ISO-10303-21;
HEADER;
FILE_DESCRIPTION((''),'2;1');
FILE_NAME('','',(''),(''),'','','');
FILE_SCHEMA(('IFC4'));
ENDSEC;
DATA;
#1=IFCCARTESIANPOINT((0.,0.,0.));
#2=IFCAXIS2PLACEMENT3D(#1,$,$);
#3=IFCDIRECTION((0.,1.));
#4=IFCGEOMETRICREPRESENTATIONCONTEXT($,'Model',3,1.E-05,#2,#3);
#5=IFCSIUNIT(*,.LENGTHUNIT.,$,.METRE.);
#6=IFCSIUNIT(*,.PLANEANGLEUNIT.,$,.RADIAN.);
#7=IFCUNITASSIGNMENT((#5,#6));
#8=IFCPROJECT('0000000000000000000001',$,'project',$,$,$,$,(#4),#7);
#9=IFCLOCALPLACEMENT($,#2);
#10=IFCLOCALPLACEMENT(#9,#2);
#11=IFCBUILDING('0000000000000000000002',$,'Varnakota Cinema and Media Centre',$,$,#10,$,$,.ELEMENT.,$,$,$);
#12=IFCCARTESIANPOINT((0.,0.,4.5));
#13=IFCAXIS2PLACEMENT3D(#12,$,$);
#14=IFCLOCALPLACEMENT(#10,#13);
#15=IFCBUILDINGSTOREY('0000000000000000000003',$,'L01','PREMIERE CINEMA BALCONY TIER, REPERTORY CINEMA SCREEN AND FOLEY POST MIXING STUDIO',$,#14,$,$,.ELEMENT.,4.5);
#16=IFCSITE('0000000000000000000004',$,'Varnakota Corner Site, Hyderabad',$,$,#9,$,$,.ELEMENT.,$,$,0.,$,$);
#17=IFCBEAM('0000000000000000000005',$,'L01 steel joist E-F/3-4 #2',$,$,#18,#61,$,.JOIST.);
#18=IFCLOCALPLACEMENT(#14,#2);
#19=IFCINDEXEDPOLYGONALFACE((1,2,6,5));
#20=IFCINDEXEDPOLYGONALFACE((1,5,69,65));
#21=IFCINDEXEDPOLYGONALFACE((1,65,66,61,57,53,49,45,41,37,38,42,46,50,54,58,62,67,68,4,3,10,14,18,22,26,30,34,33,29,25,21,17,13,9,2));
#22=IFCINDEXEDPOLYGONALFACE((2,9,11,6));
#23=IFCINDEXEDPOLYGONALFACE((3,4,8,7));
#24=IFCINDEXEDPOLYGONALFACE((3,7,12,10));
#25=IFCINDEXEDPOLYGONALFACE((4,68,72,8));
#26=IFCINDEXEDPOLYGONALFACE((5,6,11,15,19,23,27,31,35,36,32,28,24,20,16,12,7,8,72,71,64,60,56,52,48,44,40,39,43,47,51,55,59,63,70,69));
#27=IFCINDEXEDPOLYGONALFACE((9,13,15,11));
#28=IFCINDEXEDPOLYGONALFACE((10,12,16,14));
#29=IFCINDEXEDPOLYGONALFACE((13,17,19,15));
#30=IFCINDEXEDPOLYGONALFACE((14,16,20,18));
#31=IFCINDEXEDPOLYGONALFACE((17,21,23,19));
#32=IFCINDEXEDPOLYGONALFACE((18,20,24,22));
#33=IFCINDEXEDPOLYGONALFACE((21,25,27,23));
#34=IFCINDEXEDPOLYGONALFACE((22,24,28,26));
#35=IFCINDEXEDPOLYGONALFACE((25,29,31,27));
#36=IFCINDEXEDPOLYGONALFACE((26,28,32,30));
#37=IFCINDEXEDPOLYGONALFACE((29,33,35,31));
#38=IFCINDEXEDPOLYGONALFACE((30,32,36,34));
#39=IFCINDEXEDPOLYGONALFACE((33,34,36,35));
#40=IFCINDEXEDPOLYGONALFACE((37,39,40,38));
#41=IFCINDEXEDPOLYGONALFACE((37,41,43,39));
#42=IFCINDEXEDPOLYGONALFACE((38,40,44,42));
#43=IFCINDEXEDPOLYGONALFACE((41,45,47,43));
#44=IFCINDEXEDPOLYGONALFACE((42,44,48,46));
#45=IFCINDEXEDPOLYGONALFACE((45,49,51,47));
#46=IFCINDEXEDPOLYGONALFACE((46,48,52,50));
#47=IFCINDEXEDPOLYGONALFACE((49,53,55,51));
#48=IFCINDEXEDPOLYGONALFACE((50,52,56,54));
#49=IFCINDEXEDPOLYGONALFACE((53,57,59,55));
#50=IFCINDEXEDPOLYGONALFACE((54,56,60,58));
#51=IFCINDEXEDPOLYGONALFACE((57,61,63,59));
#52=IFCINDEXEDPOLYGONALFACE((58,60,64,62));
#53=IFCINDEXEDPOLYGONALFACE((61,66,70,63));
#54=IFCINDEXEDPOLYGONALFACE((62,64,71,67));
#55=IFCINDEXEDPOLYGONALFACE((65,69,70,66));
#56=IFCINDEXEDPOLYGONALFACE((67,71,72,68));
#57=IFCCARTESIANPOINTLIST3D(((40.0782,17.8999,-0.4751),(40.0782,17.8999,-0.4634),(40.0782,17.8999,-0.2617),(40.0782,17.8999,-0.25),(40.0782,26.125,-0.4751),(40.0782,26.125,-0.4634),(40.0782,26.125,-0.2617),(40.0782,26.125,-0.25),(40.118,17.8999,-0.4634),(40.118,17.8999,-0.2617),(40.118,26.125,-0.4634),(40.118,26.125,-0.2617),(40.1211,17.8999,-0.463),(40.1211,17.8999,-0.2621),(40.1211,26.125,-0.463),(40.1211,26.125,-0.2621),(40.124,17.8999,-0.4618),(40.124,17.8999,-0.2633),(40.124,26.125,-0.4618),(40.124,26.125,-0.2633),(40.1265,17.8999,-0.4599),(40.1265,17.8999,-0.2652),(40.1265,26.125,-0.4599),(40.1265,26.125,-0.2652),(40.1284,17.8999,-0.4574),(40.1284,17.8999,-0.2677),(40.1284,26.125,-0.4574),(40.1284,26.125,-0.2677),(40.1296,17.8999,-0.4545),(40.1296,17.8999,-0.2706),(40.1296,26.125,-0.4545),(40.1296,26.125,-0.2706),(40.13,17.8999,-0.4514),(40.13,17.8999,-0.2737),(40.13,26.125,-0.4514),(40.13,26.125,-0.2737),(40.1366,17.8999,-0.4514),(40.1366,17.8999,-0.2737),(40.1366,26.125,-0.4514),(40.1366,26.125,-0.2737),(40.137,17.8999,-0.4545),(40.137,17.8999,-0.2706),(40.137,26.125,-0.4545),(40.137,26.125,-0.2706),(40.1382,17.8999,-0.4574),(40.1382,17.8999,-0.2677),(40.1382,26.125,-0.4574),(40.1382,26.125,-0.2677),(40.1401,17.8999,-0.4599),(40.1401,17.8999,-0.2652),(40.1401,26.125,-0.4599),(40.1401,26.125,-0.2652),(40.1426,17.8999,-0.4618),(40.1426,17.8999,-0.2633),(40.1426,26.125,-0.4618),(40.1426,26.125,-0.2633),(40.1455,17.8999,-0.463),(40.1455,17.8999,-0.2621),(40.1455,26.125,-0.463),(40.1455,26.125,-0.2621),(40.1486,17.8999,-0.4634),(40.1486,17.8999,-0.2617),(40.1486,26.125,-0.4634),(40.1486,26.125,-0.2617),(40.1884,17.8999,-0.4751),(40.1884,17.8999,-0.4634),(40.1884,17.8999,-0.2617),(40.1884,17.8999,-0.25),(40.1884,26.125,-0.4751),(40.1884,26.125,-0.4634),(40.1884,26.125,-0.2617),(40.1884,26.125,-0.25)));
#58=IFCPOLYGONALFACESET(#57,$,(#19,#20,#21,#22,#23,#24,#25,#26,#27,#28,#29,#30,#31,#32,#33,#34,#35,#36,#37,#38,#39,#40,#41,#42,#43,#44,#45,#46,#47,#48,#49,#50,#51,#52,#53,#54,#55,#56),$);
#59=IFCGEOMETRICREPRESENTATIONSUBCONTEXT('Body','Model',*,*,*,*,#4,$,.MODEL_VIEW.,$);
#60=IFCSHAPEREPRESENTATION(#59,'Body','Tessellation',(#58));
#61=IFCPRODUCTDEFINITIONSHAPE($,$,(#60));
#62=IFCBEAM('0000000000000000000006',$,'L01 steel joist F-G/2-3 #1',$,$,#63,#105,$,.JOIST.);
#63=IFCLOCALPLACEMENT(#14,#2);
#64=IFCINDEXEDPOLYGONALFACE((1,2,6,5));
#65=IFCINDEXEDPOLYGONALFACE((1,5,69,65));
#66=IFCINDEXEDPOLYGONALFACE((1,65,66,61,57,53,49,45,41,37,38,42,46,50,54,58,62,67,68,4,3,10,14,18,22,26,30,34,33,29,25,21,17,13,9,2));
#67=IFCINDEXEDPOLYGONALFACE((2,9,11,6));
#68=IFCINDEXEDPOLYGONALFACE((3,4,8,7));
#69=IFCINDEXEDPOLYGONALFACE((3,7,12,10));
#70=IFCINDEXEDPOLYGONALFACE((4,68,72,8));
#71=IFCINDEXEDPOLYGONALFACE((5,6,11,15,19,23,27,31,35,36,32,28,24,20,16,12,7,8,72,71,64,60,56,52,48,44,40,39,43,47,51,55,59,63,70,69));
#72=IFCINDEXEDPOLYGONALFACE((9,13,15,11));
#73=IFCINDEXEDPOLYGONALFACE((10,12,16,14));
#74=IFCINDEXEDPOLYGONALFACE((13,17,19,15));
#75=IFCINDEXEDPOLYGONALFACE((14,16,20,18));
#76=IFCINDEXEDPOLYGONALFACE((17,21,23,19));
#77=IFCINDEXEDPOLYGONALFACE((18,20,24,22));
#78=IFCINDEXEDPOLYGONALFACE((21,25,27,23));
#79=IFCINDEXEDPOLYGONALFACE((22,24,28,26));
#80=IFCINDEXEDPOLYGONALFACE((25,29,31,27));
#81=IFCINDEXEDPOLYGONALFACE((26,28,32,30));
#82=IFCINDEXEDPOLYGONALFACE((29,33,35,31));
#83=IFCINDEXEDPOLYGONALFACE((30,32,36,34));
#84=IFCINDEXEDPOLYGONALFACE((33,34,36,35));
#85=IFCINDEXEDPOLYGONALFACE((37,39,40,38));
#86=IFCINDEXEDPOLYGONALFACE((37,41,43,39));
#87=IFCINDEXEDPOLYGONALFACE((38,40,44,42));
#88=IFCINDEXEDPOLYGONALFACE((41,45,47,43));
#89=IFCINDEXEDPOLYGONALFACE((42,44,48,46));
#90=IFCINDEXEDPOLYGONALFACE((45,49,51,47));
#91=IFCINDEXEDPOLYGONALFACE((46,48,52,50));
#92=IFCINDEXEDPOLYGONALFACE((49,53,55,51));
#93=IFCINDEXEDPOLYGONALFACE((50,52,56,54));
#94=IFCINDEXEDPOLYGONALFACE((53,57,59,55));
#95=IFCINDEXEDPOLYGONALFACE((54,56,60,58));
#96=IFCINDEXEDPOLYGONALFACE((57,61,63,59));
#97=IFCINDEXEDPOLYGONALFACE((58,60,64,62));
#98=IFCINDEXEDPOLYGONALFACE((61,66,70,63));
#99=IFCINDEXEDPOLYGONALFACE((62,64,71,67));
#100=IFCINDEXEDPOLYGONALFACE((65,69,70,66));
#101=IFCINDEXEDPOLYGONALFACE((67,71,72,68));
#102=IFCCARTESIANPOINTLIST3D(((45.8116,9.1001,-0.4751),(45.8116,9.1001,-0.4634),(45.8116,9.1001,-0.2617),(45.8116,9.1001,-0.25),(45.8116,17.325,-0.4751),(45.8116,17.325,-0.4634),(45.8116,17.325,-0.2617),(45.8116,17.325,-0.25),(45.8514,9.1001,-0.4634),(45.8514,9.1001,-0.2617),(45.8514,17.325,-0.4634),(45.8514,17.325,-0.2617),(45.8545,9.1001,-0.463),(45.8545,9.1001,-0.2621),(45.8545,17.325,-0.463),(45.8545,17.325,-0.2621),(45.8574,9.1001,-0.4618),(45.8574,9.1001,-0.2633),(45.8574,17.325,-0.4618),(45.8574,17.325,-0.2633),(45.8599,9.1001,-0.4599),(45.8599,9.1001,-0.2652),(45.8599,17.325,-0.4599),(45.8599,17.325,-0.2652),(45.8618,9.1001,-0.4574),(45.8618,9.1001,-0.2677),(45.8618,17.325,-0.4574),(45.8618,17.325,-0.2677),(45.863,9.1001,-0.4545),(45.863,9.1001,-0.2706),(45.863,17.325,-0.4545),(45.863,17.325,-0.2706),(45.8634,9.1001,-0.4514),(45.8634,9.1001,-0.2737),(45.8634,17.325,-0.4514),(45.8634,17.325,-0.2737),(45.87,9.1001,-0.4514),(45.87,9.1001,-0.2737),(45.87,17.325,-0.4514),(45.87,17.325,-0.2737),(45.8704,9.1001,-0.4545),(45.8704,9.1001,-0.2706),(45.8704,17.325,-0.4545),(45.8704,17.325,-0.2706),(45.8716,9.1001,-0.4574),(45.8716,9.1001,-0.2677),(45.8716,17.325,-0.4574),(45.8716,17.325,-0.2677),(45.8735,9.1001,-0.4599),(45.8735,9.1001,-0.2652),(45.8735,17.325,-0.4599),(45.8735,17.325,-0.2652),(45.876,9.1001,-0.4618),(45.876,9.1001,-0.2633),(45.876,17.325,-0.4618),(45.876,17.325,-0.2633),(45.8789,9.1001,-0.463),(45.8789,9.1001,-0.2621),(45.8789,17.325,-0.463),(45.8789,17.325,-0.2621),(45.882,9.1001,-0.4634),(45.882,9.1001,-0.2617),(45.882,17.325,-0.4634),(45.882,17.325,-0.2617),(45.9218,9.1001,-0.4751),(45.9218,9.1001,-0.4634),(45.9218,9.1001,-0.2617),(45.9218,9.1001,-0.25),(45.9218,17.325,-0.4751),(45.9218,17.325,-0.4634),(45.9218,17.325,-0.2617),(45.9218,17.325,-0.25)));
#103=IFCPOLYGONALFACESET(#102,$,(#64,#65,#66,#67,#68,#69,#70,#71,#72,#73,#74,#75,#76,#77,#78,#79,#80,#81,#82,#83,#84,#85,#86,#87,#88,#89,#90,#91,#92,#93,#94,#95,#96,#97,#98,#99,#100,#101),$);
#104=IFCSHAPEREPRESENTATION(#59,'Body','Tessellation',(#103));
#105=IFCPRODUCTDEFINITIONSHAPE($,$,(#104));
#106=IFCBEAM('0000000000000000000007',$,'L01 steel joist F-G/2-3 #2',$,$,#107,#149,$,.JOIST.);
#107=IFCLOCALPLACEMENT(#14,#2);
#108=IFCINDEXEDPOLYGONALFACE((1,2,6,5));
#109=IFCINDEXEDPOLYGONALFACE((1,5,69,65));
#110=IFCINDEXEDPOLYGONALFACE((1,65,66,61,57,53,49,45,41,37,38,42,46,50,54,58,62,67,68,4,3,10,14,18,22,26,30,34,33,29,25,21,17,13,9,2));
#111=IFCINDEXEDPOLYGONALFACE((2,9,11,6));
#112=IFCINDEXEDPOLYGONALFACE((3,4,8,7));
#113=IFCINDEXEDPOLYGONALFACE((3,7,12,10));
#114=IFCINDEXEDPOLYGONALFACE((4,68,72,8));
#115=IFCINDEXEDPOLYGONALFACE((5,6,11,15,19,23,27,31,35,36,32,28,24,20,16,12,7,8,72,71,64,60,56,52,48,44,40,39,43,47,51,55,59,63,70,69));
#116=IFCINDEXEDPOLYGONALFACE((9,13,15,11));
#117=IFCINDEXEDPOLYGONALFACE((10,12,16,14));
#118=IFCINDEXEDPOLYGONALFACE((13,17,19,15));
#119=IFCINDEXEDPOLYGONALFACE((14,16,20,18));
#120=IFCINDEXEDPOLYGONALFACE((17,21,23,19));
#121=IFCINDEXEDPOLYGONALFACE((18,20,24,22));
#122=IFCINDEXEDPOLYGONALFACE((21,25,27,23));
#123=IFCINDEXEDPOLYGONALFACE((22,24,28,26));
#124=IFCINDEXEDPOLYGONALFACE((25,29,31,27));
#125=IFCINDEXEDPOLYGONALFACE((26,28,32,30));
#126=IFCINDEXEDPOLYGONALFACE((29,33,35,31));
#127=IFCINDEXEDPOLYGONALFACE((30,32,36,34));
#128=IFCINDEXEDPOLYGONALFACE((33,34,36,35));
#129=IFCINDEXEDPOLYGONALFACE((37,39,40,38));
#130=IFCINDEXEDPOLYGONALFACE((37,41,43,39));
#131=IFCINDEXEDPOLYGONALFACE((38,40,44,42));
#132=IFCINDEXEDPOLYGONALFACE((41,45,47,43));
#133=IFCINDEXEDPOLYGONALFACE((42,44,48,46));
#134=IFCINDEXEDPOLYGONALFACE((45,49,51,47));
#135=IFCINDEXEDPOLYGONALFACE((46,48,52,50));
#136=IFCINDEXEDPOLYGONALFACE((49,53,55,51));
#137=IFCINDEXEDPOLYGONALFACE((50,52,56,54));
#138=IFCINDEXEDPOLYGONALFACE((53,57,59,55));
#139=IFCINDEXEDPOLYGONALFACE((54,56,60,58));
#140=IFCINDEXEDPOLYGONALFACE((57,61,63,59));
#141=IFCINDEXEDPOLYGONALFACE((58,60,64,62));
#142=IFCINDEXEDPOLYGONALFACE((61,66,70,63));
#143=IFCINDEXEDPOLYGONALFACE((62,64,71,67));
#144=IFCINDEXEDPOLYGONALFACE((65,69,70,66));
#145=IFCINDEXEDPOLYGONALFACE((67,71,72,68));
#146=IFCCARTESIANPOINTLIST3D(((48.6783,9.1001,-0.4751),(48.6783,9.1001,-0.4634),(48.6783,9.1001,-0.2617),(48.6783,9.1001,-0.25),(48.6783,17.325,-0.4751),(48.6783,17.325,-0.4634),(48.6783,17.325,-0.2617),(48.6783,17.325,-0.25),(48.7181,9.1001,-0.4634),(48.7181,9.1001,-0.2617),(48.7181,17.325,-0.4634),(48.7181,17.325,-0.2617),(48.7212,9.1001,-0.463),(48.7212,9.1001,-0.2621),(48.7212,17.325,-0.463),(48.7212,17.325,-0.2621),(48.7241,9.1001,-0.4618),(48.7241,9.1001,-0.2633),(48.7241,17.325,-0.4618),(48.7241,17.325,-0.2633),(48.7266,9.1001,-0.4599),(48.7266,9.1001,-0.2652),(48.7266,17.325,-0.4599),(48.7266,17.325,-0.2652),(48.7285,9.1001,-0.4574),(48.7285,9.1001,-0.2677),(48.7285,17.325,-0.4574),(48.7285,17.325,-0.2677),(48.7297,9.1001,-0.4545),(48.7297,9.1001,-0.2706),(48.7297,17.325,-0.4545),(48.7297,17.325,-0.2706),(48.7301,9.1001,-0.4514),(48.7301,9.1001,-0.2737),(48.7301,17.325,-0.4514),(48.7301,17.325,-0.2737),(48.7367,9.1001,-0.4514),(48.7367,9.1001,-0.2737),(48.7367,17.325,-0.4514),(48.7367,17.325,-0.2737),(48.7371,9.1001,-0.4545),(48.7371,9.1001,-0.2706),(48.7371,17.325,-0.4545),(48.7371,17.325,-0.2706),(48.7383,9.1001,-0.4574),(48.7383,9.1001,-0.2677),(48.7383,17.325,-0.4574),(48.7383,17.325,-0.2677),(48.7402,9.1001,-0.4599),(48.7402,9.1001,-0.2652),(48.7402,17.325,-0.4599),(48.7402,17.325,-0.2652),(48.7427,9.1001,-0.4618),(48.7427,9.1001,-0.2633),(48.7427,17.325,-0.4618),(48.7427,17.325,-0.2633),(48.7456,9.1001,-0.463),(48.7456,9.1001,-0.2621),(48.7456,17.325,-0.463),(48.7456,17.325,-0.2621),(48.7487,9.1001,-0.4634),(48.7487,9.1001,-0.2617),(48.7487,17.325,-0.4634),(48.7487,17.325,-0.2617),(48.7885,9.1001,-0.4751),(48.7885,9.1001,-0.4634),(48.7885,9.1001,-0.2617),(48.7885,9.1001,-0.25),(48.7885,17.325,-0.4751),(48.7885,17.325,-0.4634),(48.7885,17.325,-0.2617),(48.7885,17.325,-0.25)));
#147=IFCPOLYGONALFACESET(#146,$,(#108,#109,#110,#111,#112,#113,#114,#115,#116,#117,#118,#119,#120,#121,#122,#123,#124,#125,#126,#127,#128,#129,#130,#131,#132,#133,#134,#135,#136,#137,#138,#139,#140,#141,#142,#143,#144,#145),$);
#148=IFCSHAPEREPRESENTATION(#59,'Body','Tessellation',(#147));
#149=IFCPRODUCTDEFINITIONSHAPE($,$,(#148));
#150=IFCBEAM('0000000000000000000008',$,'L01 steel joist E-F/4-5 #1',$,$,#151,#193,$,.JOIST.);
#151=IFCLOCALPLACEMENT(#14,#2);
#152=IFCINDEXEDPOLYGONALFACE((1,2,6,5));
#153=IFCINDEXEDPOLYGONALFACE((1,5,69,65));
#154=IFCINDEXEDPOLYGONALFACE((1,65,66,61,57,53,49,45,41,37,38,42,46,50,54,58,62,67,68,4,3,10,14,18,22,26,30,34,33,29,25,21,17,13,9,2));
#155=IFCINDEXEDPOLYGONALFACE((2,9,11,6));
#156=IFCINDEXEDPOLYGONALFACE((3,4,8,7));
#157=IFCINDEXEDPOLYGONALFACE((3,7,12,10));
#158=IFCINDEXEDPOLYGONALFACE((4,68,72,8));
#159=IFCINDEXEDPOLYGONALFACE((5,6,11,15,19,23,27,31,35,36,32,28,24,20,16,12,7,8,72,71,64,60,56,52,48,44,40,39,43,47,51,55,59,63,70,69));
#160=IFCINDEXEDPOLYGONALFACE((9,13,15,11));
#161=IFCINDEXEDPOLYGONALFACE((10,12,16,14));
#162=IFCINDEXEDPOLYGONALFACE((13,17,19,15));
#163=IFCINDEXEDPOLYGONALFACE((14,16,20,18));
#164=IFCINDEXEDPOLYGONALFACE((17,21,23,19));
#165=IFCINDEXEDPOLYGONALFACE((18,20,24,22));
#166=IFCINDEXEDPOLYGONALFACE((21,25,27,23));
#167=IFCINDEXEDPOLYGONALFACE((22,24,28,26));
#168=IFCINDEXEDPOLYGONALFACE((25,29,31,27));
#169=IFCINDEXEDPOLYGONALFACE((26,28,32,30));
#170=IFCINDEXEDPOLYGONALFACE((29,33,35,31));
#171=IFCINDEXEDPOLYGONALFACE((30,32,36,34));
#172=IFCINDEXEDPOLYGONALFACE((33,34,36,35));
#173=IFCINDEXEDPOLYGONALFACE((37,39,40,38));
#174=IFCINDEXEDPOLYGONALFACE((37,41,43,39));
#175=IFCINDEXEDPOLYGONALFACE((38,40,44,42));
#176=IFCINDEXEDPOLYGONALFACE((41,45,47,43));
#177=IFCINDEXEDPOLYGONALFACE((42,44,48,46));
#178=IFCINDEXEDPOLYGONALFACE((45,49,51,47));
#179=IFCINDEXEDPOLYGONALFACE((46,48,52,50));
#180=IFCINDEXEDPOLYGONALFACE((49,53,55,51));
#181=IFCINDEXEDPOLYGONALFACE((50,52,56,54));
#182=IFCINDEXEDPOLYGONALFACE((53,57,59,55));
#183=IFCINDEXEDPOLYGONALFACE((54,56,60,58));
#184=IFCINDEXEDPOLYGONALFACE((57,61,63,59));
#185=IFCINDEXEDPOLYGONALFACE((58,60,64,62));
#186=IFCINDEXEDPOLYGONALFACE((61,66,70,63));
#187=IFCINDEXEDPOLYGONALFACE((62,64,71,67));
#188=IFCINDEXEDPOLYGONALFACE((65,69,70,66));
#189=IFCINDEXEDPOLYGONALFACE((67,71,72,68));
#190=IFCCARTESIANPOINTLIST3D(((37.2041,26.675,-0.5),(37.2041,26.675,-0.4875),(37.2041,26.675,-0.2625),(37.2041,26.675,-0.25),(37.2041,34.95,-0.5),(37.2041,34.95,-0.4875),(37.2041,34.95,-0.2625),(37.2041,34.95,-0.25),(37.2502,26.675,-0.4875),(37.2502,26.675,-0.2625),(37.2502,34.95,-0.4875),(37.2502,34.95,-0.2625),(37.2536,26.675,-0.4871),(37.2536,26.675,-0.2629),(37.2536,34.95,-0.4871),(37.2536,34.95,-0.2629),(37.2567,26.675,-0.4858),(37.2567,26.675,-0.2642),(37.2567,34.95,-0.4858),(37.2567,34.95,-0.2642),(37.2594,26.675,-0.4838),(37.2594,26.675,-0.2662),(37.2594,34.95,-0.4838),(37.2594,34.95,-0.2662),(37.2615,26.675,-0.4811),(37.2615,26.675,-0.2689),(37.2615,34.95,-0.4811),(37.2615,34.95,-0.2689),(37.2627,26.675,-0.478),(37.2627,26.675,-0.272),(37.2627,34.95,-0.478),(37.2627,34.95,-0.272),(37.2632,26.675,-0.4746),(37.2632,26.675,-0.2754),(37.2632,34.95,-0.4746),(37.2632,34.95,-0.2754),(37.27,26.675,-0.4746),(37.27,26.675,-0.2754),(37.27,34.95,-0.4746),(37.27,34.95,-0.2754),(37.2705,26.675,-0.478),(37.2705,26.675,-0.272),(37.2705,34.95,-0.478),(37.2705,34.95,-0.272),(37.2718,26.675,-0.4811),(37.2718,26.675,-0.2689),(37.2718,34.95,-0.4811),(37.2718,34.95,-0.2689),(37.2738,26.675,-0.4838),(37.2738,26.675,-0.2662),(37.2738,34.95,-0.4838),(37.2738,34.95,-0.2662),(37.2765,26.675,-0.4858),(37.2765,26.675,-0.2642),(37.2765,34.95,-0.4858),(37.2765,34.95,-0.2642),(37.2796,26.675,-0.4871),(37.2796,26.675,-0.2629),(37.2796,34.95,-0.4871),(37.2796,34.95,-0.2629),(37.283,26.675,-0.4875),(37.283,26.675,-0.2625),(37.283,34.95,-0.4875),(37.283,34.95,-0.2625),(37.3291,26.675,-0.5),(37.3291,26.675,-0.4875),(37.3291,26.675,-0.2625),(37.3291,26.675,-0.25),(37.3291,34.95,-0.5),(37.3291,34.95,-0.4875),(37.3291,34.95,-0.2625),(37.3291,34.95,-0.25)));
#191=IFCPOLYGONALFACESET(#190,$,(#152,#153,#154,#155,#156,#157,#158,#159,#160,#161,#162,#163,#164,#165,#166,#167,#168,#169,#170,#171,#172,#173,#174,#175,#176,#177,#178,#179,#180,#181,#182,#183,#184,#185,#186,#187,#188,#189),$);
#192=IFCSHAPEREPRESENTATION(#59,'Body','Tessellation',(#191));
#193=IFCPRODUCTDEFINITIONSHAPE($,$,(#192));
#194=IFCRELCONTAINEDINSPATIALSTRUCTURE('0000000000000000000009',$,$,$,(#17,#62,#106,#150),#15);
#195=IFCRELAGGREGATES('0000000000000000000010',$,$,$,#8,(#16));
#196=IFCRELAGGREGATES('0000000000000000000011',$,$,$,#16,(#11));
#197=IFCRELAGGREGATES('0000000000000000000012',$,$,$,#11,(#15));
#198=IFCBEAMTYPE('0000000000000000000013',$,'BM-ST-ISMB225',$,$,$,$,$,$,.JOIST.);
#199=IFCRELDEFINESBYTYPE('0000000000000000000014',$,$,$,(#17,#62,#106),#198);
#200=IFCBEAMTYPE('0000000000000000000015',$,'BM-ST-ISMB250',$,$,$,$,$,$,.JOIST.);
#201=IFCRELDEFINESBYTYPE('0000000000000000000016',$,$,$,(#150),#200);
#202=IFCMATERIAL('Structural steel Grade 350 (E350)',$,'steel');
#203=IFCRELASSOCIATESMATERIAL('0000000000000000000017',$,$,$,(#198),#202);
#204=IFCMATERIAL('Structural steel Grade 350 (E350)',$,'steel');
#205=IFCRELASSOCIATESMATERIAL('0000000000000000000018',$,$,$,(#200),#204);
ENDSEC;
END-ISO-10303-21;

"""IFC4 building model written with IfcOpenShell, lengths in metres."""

from ifc_helpers import new_model, si_unit, direction, frame, origin, origin_2d, place, context, subcontext, project, spatial, i_section, extrude, material, material_profile, profile_set, type_object, element, save


model = new_model("IFC4")

# Units and contexts
model_context = context("Model", 3, precision=1e-05, world=origin(), true_north=direction((0.0, 1.0)))
body_context = subcontext(model_context, "Body", "Model", "MODEL_VIEW")
ifc_project = project(units=[si_unit("LENGTHUNIT", "METRE"), si_unit("PLANEANGLEUNIT", "RADIAN")], contexts=[model_context])

# Site, building, storey
site_placement = place(None, origin())
site = spatial("IfcSite", under=ifc_project, at=site_placement, Name="Varnakota Corner Site, Hyderabad", CompositionType="ELEMENT", RefElevation=0.0)
building_placement = place(site_placement, origin())
building = spatial("IfcBuilding", under=site, at=building_placement, Name="Varnakota Cinema and Media Centre", CompositionType="ELEMENT")
storey_placement = place(building_placement, frame((0.0, 0.0, 4.5)))
storey = spatial("IfcBuildingStorey", under=building, at=storey_placement, Name="L01", Description="PREMIERE CINEMA BALCONY TIER, REPERTORY CINEMA SCREEN AND FOLEY POST MIXING STUDIO", CompositionType="ELEMENT", Elevation=4.5)

# Beams
ifc_material_1 = material(Name="Structural steel Grade 350 (E350)", Category="steel")
ifc_material_profile_1 = material_profile(ifc_material_1, i_section(OverallWidth=0.1101, OverallDepth=0.2251, WebThickness=0.0066, FlangeThickness=0.0117, FilletRadius=0.012, at=origin_2d()), Name="ISMB 225")
ifc_profile_set_1 = profile_set([ifc_material_profile_1], Name="Structural steel Grade 350 (E350)")
beam_type_1 = type_object("IfcBeamType", Name="BM-ST-ISMB225", PredefinedType="JOIST", material=ifc_profile_set_1)
for number, where, z_axis, x_axis, name in (
    (1, (40.1333, 17.8999, -0.3625), (0.0, 1.0, 0.0), (-1.0, 0.0, 0.0), "L01 steel joist E-F/3-4 #2"),
):
    element("IfcBeam", number, at=place(storey_placement, frame(where, z_axis=z_axis, x_axis=x_axis)), inside=storey, type_object=beam_type_1, Name=name, PredefinedType="JOIST", context=body_context, shape_type="SweptSolid", body=[
        extrude(i_section(OverallWidth=0.1101, OverallDepth=0.2251, WebThickness=0.0066, FlangeThickness=0.0117, FilletRadius=0.012, at=origin_2d()), origin(), (0.0, 0.0, 1.0), 8.2251),
    ])
for number, where, z_axis, x_axis, name in (
    (2, (45.8667, 9.1001, -0.3625), (0.0, 1.0, 0.0), (-1.0, 0.0, 0.0), "L01 steel joist F-G/2-3 #1"),
    (3, (48.7334, 9.1001, -0.3625), (0.0, 1.0, 0.0), (-1.0, 0.0, 0.0), "L01 steel joist F-G/2-3 #2"),
):
    element("IfcBeam", number, at=place(storey_placement, frame(where, z_axis=z_axis, x_axis=x_axis)), inside=storey, type_object=beam_type_1, Name=name, PredefinedType="JOIST", context=body_context, shape_type="SweptSolid", body=[
        extrude(i_section(OverallWidth=0.1101, OverallDepth=0.2251, WebThickness=0.0066, FlangeThickness=0.0117, FilletRadius=0.012, at=origin_2d()), origin(), (0.0, 0.0, 1.0), 8.2249),
    ])
ifc_material_2 = material(Name="Structural steel Grade 350 (E350)", Category="steel")
ifc_material_profile_2 = material_profile(ifc_material_2, i_section(OverallWidth=0.125, OverallDepth=0.25, WebThickness=0.0068, FlangeThickness=0.0125, FilletRadius=0.0129, at=origin_2d()), Name="ISMB 250")
ifc_profile_set_2 = profile_set([ifc_material_profile_2], Name="Structural steel Grade 350 (E350)")
beam_type_2 = type_object("IfcBeamType", Name="BM-ST-ISMB250", PredefinedType="JOIST", material=ifc_profile_set_2)
for number, where, z_axis, x_axis, name in (
    (4, (37.2666, 26.675, -0.375), (0.0, 1.0, 0.0), (-1.0, 0.0, 0.0), "L01 steel joist E-F/4-5 #1"),
):
    element("IfcBeam", number, at=place(storey_placement, frame(where, z_axis=z_axis, x_axis=x_axis)), inside=storey, type_object=beam_type_2, Name=name, PredefinedType="JOIST", context=body_context, shape_type="SweptSolid", body=[
        extrude(i_section(OverallWidth=0.125, OverallDepth=0.25, WebThickness=0.0068, FlangeThickness=0.0125, FilletRadius=0.0129, at=origin_2d()), origin(), (0.0, 0.0, 1.0), 8.2749),
    ])

save(model, "model.ifc")
